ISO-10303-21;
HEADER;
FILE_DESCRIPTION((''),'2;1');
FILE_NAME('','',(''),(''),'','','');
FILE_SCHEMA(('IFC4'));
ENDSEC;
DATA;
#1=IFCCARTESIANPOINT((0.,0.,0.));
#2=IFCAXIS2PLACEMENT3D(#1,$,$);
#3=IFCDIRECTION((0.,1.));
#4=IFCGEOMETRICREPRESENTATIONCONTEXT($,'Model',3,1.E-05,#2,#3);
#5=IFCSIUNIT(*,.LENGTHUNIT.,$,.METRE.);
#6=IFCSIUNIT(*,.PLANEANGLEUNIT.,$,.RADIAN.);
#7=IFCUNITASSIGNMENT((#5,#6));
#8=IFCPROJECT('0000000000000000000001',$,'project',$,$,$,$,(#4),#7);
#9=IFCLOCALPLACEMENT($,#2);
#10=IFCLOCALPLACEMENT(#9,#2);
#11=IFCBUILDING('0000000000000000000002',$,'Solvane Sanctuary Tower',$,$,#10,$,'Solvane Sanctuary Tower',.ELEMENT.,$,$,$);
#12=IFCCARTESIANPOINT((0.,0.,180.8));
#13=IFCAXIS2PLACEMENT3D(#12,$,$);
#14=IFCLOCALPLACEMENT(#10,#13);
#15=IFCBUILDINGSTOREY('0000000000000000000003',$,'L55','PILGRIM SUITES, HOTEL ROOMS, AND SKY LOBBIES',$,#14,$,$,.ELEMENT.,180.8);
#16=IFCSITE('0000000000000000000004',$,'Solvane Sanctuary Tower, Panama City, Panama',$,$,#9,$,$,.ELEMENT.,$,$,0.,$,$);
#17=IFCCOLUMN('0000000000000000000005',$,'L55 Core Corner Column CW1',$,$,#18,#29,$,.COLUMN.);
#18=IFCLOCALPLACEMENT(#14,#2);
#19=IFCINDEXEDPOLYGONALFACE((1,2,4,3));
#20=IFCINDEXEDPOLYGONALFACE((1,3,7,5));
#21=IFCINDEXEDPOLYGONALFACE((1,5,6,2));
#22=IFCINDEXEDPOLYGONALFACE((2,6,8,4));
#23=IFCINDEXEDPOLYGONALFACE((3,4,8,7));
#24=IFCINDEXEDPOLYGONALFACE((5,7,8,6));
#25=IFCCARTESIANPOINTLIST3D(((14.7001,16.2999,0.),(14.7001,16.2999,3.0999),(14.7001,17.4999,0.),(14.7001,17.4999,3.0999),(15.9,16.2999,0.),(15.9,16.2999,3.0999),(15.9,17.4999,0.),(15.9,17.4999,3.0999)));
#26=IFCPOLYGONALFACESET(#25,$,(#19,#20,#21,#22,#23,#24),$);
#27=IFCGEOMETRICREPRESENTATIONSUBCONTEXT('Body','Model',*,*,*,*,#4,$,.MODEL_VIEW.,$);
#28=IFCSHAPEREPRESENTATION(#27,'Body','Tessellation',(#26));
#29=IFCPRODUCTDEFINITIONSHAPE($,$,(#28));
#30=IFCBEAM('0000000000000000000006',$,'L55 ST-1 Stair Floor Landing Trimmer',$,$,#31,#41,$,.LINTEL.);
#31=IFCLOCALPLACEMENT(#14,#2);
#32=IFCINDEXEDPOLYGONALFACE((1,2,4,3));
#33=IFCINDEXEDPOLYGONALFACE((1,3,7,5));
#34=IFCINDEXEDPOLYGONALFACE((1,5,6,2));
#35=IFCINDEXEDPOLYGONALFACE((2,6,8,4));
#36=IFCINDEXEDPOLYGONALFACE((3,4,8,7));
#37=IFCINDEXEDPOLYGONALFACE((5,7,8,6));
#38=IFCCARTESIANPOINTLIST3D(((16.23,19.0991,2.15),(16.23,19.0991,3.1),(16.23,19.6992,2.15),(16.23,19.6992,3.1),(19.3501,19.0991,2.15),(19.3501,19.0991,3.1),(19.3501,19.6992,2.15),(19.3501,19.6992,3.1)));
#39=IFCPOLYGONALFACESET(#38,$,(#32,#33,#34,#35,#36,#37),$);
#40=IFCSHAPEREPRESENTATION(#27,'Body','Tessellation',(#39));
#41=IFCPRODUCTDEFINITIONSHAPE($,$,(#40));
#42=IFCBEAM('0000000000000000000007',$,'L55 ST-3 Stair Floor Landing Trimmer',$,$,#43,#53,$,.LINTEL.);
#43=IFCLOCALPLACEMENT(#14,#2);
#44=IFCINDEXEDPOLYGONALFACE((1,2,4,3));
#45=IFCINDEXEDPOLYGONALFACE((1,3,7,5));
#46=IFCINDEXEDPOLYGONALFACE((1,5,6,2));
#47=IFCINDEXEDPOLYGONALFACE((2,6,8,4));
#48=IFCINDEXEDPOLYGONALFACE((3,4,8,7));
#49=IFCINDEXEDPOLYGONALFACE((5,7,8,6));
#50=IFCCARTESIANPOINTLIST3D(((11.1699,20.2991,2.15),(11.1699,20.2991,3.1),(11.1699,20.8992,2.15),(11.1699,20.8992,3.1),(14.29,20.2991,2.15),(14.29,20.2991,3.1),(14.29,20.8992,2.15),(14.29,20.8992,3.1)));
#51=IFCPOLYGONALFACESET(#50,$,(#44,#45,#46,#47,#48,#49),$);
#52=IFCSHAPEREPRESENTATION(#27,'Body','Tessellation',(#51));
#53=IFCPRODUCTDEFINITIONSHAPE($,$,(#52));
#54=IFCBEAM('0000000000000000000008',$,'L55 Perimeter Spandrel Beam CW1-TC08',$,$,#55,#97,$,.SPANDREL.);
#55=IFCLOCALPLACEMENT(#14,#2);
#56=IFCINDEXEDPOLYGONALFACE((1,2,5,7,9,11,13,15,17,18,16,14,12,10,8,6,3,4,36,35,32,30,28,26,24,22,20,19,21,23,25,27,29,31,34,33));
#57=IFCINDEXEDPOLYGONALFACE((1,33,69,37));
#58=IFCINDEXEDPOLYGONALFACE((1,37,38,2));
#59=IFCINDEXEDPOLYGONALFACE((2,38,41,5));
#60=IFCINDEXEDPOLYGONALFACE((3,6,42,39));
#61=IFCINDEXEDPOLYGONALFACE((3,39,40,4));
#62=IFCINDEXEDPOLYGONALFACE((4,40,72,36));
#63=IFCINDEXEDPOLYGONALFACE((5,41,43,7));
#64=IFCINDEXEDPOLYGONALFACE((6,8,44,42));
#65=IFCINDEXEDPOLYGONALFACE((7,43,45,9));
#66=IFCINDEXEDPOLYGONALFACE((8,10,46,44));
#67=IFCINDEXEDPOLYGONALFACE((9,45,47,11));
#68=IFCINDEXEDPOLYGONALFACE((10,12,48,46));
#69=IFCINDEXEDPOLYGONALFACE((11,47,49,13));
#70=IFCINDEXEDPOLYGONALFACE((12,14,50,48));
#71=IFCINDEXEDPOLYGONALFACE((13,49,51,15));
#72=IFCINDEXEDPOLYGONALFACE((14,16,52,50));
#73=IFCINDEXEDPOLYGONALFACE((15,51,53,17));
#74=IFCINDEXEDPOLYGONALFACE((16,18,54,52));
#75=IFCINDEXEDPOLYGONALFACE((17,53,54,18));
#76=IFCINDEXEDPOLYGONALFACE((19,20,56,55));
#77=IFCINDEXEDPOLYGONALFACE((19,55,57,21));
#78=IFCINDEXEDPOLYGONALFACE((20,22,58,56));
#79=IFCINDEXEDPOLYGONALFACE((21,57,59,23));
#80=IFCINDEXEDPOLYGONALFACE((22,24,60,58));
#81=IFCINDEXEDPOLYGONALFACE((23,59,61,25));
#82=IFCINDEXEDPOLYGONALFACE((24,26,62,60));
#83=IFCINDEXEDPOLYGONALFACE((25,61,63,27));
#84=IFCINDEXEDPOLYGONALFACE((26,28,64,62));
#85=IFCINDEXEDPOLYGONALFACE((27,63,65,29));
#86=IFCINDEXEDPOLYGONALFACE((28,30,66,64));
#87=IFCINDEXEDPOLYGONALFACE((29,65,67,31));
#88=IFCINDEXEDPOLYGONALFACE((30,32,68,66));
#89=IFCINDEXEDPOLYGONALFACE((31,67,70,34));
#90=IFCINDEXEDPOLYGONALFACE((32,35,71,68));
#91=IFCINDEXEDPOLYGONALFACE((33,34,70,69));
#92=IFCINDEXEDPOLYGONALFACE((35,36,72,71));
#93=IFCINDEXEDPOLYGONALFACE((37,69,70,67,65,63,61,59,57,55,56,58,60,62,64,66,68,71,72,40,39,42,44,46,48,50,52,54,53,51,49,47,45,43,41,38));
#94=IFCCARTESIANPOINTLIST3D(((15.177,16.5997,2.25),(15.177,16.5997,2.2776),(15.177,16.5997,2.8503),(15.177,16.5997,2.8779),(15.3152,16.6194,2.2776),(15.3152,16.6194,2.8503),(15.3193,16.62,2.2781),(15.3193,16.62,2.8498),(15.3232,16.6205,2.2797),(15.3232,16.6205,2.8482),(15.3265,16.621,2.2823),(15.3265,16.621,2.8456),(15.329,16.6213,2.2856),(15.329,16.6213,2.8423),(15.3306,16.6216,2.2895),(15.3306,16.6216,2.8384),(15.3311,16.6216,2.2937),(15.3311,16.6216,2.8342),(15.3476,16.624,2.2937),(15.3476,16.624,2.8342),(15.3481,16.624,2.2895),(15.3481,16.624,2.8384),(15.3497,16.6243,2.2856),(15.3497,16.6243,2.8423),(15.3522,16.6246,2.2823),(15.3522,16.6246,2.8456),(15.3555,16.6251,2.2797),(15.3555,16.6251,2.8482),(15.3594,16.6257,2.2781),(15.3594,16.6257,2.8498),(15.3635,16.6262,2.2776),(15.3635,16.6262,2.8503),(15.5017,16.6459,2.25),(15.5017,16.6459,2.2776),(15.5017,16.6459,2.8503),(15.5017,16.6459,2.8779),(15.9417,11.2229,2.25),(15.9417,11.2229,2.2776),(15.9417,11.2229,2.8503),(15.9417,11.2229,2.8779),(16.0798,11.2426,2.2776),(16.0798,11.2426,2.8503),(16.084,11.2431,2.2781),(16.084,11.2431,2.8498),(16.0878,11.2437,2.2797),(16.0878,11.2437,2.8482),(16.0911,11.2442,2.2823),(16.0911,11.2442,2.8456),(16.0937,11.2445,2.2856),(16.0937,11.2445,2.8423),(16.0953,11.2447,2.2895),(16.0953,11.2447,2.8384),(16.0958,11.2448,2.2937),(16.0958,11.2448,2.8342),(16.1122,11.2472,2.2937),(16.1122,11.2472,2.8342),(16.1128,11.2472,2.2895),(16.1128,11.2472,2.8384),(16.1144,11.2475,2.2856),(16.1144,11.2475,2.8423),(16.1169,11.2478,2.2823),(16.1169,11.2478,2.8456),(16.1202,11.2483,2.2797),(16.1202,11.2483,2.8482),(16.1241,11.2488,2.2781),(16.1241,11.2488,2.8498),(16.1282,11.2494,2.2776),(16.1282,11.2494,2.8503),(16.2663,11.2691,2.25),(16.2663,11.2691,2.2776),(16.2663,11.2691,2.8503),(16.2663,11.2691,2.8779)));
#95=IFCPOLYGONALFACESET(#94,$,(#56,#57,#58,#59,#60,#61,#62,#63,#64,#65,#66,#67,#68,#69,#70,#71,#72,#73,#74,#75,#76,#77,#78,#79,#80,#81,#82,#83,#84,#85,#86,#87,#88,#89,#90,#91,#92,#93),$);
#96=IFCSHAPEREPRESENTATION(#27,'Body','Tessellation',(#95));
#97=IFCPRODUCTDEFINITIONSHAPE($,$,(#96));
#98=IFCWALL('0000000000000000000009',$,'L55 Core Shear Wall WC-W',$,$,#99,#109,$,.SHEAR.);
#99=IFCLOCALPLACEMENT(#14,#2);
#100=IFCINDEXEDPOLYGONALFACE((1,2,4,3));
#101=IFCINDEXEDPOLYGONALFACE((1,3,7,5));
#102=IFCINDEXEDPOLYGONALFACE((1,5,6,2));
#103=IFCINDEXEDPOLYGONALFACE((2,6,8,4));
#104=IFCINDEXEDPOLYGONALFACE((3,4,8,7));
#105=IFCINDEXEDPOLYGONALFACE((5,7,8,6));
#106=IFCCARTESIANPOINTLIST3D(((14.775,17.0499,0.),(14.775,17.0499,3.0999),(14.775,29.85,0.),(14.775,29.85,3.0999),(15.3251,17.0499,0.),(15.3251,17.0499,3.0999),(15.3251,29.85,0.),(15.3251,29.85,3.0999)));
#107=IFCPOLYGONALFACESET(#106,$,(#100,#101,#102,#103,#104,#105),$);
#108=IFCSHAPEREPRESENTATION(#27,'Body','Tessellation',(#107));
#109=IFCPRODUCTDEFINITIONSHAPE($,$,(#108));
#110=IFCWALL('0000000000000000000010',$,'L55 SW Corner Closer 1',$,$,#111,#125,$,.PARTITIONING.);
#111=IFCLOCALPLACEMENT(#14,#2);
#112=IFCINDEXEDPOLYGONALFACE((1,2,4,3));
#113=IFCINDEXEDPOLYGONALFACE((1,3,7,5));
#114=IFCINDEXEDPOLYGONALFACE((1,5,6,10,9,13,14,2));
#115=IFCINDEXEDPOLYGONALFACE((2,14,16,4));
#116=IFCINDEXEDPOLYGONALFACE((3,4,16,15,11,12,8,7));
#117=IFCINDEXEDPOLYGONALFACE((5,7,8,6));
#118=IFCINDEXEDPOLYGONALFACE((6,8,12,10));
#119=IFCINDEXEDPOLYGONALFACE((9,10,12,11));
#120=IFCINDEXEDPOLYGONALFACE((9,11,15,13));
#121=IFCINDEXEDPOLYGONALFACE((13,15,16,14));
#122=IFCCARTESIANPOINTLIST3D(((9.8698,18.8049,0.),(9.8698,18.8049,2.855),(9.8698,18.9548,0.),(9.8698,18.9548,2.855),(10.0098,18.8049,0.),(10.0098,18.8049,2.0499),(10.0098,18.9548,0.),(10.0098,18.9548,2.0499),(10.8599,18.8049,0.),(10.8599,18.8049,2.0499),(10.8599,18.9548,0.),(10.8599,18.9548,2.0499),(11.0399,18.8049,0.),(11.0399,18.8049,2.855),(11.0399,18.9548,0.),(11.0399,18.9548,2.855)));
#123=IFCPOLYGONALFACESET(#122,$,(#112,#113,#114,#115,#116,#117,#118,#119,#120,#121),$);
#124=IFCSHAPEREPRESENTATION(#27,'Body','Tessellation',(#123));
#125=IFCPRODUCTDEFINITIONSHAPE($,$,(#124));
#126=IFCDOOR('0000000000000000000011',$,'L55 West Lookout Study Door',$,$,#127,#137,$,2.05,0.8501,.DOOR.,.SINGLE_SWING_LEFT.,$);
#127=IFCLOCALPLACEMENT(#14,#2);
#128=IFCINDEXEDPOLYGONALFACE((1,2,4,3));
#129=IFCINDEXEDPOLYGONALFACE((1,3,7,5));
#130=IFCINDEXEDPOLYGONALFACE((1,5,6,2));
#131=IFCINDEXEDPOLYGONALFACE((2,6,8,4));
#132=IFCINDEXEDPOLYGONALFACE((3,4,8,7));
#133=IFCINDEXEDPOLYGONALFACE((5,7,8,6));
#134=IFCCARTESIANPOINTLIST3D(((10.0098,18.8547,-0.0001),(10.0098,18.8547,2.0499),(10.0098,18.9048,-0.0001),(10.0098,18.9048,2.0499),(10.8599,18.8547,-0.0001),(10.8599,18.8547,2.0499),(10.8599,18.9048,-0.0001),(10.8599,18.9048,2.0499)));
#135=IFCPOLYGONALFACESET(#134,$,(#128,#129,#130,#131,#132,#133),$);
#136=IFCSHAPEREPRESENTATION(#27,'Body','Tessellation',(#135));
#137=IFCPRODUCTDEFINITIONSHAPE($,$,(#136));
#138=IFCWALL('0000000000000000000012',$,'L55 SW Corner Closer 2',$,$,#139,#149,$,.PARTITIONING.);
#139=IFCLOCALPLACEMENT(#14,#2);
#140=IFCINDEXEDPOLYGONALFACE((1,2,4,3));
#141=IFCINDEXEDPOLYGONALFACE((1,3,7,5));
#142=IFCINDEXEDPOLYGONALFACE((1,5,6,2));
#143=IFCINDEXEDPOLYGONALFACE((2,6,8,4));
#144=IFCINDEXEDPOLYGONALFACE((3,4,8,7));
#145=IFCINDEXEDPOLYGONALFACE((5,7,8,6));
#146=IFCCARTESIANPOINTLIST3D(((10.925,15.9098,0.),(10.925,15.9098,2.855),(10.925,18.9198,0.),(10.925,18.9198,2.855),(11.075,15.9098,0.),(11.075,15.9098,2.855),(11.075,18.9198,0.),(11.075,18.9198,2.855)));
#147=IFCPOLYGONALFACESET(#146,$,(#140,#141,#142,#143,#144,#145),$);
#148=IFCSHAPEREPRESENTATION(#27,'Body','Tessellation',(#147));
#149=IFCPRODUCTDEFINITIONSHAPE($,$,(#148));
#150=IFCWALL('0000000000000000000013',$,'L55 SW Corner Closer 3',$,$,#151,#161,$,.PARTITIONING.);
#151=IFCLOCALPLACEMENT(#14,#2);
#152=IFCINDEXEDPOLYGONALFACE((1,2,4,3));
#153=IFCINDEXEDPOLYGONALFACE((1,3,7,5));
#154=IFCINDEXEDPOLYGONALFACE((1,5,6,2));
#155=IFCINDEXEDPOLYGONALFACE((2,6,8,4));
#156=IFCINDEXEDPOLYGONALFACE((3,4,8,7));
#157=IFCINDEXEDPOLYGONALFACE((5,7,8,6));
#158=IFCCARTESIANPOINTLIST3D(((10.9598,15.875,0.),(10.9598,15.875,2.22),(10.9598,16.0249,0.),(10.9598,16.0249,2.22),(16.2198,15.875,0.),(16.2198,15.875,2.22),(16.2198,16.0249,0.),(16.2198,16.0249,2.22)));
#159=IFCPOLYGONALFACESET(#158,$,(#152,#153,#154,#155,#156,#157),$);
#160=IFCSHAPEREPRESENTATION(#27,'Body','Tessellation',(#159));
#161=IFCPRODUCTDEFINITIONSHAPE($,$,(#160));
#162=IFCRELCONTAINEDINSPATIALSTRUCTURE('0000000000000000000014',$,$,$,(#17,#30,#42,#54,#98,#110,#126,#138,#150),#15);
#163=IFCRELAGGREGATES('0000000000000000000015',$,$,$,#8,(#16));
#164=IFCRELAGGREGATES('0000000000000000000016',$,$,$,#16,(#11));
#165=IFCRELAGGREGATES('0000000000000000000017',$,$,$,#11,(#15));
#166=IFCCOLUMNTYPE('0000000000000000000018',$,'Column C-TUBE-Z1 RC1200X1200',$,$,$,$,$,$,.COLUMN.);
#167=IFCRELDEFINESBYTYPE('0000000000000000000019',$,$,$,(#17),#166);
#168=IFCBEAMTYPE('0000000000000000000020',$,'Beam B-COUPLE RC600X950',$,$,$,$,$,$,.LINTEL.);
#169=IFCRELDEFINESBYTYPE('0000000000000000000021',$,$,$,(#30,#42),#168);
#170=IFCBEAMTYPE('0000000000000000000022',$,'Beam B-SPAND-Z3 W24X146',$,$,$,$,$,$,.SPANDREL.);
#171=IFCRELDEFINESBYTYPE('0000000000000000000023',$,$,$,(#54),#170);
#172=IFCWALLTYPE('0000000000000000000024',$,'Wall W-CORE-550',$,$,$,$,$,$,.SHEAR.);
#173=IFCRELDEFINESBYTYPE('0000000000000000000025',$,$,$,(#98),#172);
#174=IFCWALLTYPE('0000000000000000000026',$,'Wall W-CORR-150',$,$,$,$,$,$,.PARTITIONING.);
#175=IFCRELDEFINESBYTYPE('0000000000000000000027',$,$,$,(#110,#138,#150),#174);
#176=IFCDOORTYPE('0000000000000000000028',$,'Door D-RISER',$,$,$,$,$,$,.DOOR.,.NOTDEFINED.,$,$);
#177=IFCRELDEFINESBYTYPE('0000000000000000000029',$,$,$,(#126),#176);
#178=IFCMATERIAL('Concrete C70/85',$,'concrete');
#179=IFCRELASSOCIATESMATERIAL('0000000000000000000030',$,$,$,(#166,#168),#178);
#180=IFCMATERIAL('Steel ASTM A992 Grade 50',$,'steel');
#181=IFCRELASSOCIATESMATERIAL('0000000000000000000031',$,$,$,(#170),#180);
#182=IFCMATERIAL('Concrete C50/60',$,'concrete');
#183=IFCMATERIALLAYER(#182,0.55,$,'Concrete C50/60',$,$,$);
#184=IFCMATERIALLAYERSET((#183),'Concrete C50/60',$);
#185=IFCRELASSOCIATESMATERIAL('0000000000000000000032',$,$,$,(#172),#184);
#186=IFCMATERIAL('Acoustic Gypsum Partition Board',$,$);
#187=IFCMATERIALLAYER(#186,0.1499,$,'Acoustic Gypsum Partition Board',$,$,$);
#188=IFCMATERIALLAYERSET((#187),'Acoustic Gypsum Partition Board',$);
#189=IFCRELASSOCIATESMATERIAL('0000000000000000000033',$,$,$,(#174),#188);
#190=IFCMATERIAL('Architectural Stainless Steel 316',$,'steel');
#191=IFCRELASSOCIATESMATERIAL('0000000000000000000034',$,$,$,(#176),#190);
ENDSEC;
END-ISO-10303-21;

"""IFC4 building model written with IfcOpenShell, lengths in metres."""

from ifc_helpers import new_model, si_unit, direction, frame, frame_2d, origin, origin_2d, place, context, subcontext, project, spatial, rectangle, i_section, extrude, material, layer, layer_set, material_profile, profile_set, type_object, element, fill, save


model = new_model("IFC4")

# Units and contexts
model_context = context("Model", 3, precision=1e-05, world=origin(), true_north=direction((0.0, 1.0)))
body_context = subcontext(model_context, "Body", "Model", "MODEL_VIEW")
ifc_project = project(units=[si_unit("LENGTHUNIT", "METRE"), si_unit("PLANEANGLEUNIT", "RADIAN")], contexts=[model_context])

# Site, building, storey
site_placement = place(None, origin())
site = spatial("IfcSite", under=ifc_project, at=site_placement, Name="Solvane Sanctuary Tower, Panama City, Panama", CompositionType="ELEMENT", RefElevation=0.0)
building_placement = place(site_placement, origin())
building = spatial("IfcBuilding", under=site, at=building_placement, Name="Solvane Sanctuary Tower", LongName="Solvane Sanctuary Tower", CompositionType="ELEMENT")
storey_placement = place(building_placement, frame((0.0, 0.0, 180.8)))
storey = spatial("IfcBuildingStorey", under=building, at=storey_placement, Name="L55", Description="PILGRIM SUITES, HOTEL ROOMS, AND SKY LOBBIES", CompositionType="ELEMENT", Elevation=180.8)

# Column
ifc_material_1 = material(Name="Concrete C70/85", Category="concrete")
ifc_material_profile_1 = material_profile(ifc_material_1, rectangle(XDim=1.2, YDim=1.2, at=origin_2d()), Name="RC1200X1200")
ifc_profile_set_1 = profile_set([ifc_material_profile_1], Name="Concrete C70/85")
column_type = type_object("IfcColumnType", Name="Column C-TUBE-Z1 RC1200X1200", PredefinedType="COLUMN", material=ifc_profile_set_1)
column_placement = place(storey_placement, frame((15.3, 16.8999, 0.0), z_axis=(0.0, 0.0, 1.0), x_axis=(1.0, 0.0, 0.0)))
element("IfcColumn", 1, at=column_placement, inside=storey, type_object=column_type, Name="L55 Core Corner Column CW1", PredefinedType="COLUMN", context=body_context, shape_type="SweptSolid", body=[
    extrude(rectangle(XDim=1.2, YDim=1.2, at=origin_2d()), origin(), (0.0, 0.0, 1.0), 3.0999),
])

# Beams
ifc_material_profile_2 = material_profile(ifc_material_1, rectangle(XDim=0.6001, YDim=0.95, at=origin_2d()), Name="RC600X950")
ifc_profile_set_2 = profile_set([ifc_material_profile_2], Name="Concrete C70/85")
beam_type_1 = type_object("IfcBeamType", Name="Beam B-COUPLE RC600X950", PredefinedType="LINTEL", material=ifc_profile_set_2)
for number, where, z_axis, x_axis, name in (
    (2, (16.23, 19.3992, 2.625), (1.0, 0.0, 0.0), (0.0, 1.0, 0.0), "L55 ST-1 Stair Floor Landing Trimmer"),
    (3, (11.1699, 20.5991, 2.625), (1.0, 0.0, 0.0), (0.0, 1.0, 0.0), "L55 ST-3 Stair Floor Landing Trimmer"),
):
    element("IfcBeam", number, at=place(storey_placement, frame(where, z_axis=z_axis, x_axis=x_axis)), inside=storey, type_object=beam_type_1, Name=name, PredefinedType="LINTEL", context=body_context, shape_type="SweptSolid", body=[
        extrude(rectangle(XDim=0.6001, YDim=0.95, at=origin_2d()), origin(), (0.0, 0.0, 1.0), 3.1201),
    ])
ifc_material_2 = material(Name="Steel ASTM A992 Grade 50", Category="steel")
ifc_material_profile_3 = material_profile(ifc_material_2, i_section(OverallWidth=0.3279, OverallDepth=0.6279, WebThickness=0.0166, FlangeThickness=0.0276, FilletRadius=0.0161, at=origin_2d()), Name="W24X146")
ifc_profile_set_3 = profile_set([ifc_material_profile_3], Name="Steel ASTM A992 Grade 50")
beam_type_2 = type_object("IfcBeamType", Name="Beam B-SPAND-Z3 W24X146", PredefinedType="SPANDREL", material=ifc_profile_set_3)
beam_placement = place(storey_placement, frame((15.3394, 16.6228, 2.564), z_axis=(0.140798, -0.990038, 0.0), x_axis=(0.990038, 0.140798, 0.0)))
element("IfcBeam", 4, at=beam_placement, inside=storey, type_object=beam_type_2, Name="L55 Perimeter Spandrel Beam CW1-TC08", PredefinedType="SPANDREL", context=body_context, shape_type="SweptSolid", body=[
    extrude(i_section(OverallWidth=0.3279, OverallDepth=0.6279, WebThickness=0.0166, FlangeThickness=0.0276, FilletRadius=0.0161, at=origin_2d()), origin(), (0.0, 0.0, 1.0), 5.4309),
])

# Wall
ifc_material_3 = material(Name="Concrete C50/60", Category="concrete")
ifc_layer_1 = layer(ifc_material_3, 0.55, Name="Concrete C50/60")
ifc_layer_set_1 = layer_set([ifc_layer_1], Name="Concrete C50/60")
wall_type_1 = type_object("IfcWallType", Name="Wall W-CORE-550", PredefinedType="SHEAR", material=ifc_layer_set_1)
wall_1_placement = place(storey_placement, frame((15.05, 17.05, 0.0), z_axis=(0.0, 0.0, 1.0), x_axis=(0.0, 1.0, 0.0)))
element("IfcWall", 5, at=wall_1_placement, inside=storey, type_object=wall_type_1, Name="L55 Core Shear Wall WC-W", PredefinedType="SHEAR", context=body_context, shape_type="SweptSolid", body=[
    extrude(rectangle(XDim=12.8, YDim=0.55, at=frame_2d((6.3999, 0.0))), origin(), (0.0, 0.0, 1.0), 3.0999),
])

# Wall, opening, door
ifc_material_4 = material(Name="Acoustic Gypsum Partition Board")
ifc_layer_2 = layer(ifc_material_4, 0.1499, Name="Acoustic Gypsum Partition Board")
ifc_layer_set_2 = layer_set([ifc_layer_2], Name="Acoustic Gypsum Partition Board")
wall_type_2 = type_object("IfcWallType", Name="Wall W-CORR-150", PredefinedType="PARTITIONING", material=ifc_layer_set_2)
wall_2_placement = place(storey_placement, frame((9.8699, 18.8799, 0.0), z_axis=(0.0, 0.0, 1.0), x_axis=(1.0, 0.0, 0.0)))
wall_2 = element("IfcWall", 6, at=wall_2_placement, inside=storey, type_object=wall_type_2, Name="L55 SW Corner Closer 1", PredefinedType="PARTITIONING", context=body_context, shape_type="SweptSolid", body=[
    extrude(rectangle(XDim=1.1702, YDim=0.1499, at=frame_2d((0.585, 0.0))), origin(), (0.0, 0.0, 1.0), 2.855),
])
opening_1_placement = place(wall_2_placement, frame((0.1399, 0.0, 0.0)))
opening_1 = element("IfcOpeningElement", 7, at=opening_1_placement, cuts=wall_2, PredefinedType="OPENING", context=body_context, shape_type="SweptSolid", body=[
    extrude(rectangle(XDim=0.8501, YDim=2.05, at=frame_2d((0.425, 1.0249))), frame((0.0, 0.085, 0.0), z_axis=(0.0, -1.0, 0.0), x_axis=(1.0, 0.0, 0.0)), (0.0, 0.0, 1.0), 0.1699),
])
ifc_material_5 = material(Name="Architectural Stainless Steel 316", Category="steel")
door_type_1 = type_object("IfcDoorType", Name="Door D-RISER", OperationType="NOTDEFINED", PredefinedType="DOOR", material=ifc_material_5)
door_1_placement = place(opening_1_placement, origin())
door_1 = element("IfcDoor", 8, at=door_1_placement, inside=storey, type_object=door_type_1, Name="L55 West Lookout Study Door", OperationType="SINGLE_SWING_LEFT", OverallHeight=2.05, OverallWidth=0.8501, PredefinedType="DOOR", context=body_context, shape_type="SweptSolid", body=[
    extrude(rectangle(XDim=0.8501, YDim=2.05, at=frame_2d((0.425, 1.0249))), frame((0.0, 0.0249, 0.0), z_axis=(0.0, -1.0, 0.0), x_axis=(1.0, 0.0, 0.0)), (0.0, 0.0, 1.0), 0.05),
])
fill(opening_1, door_1)

# Walls
wall_3_placement = place(storey_placement, frame((11.0, 15.9099, 0.0), z_axis=(0.0, 0.0, 1.0), x_axis=(0.0, 1.0, 0.0)))
element("IfcWall", 9, at=wall_3_placement, inside=storey, type_object=wall_type_2, Name="L55 SW Corner Closer 2", PredefinedType="PARTITIONING", context=body_context, shape_type="SweptSolid", body=[
    extrude(rectangle(XDim=3.01, YDim=0.1499, at=frame_2d((1.5049, 0.0))), origin(), (0.0, 0.0, 1.0), 2.855),
])
wall_4_placement = place(storey_placement, frame((10.96, 15.95, 0.0), z_axis=(0.0, 0.0, 1.0), x_axis=(1.0, 0.0, 0.0)))
element("IfcWall", 10, at=wall_4_placement, inside=storey, type_object=wall_type_2, Name="L55 SW Corner Closer 3", PredefinedType="PARTITIONING", context=body_context, shape_type="SweptSolid", body=[
    extrude(rectangle(XDim=5.26, YDim=0.1499, at=frame_2d((2.6299, 0.0))), origin(), (0.0, 0.0, 1.0), 2.22),
])

save(model, "model.ifc")
